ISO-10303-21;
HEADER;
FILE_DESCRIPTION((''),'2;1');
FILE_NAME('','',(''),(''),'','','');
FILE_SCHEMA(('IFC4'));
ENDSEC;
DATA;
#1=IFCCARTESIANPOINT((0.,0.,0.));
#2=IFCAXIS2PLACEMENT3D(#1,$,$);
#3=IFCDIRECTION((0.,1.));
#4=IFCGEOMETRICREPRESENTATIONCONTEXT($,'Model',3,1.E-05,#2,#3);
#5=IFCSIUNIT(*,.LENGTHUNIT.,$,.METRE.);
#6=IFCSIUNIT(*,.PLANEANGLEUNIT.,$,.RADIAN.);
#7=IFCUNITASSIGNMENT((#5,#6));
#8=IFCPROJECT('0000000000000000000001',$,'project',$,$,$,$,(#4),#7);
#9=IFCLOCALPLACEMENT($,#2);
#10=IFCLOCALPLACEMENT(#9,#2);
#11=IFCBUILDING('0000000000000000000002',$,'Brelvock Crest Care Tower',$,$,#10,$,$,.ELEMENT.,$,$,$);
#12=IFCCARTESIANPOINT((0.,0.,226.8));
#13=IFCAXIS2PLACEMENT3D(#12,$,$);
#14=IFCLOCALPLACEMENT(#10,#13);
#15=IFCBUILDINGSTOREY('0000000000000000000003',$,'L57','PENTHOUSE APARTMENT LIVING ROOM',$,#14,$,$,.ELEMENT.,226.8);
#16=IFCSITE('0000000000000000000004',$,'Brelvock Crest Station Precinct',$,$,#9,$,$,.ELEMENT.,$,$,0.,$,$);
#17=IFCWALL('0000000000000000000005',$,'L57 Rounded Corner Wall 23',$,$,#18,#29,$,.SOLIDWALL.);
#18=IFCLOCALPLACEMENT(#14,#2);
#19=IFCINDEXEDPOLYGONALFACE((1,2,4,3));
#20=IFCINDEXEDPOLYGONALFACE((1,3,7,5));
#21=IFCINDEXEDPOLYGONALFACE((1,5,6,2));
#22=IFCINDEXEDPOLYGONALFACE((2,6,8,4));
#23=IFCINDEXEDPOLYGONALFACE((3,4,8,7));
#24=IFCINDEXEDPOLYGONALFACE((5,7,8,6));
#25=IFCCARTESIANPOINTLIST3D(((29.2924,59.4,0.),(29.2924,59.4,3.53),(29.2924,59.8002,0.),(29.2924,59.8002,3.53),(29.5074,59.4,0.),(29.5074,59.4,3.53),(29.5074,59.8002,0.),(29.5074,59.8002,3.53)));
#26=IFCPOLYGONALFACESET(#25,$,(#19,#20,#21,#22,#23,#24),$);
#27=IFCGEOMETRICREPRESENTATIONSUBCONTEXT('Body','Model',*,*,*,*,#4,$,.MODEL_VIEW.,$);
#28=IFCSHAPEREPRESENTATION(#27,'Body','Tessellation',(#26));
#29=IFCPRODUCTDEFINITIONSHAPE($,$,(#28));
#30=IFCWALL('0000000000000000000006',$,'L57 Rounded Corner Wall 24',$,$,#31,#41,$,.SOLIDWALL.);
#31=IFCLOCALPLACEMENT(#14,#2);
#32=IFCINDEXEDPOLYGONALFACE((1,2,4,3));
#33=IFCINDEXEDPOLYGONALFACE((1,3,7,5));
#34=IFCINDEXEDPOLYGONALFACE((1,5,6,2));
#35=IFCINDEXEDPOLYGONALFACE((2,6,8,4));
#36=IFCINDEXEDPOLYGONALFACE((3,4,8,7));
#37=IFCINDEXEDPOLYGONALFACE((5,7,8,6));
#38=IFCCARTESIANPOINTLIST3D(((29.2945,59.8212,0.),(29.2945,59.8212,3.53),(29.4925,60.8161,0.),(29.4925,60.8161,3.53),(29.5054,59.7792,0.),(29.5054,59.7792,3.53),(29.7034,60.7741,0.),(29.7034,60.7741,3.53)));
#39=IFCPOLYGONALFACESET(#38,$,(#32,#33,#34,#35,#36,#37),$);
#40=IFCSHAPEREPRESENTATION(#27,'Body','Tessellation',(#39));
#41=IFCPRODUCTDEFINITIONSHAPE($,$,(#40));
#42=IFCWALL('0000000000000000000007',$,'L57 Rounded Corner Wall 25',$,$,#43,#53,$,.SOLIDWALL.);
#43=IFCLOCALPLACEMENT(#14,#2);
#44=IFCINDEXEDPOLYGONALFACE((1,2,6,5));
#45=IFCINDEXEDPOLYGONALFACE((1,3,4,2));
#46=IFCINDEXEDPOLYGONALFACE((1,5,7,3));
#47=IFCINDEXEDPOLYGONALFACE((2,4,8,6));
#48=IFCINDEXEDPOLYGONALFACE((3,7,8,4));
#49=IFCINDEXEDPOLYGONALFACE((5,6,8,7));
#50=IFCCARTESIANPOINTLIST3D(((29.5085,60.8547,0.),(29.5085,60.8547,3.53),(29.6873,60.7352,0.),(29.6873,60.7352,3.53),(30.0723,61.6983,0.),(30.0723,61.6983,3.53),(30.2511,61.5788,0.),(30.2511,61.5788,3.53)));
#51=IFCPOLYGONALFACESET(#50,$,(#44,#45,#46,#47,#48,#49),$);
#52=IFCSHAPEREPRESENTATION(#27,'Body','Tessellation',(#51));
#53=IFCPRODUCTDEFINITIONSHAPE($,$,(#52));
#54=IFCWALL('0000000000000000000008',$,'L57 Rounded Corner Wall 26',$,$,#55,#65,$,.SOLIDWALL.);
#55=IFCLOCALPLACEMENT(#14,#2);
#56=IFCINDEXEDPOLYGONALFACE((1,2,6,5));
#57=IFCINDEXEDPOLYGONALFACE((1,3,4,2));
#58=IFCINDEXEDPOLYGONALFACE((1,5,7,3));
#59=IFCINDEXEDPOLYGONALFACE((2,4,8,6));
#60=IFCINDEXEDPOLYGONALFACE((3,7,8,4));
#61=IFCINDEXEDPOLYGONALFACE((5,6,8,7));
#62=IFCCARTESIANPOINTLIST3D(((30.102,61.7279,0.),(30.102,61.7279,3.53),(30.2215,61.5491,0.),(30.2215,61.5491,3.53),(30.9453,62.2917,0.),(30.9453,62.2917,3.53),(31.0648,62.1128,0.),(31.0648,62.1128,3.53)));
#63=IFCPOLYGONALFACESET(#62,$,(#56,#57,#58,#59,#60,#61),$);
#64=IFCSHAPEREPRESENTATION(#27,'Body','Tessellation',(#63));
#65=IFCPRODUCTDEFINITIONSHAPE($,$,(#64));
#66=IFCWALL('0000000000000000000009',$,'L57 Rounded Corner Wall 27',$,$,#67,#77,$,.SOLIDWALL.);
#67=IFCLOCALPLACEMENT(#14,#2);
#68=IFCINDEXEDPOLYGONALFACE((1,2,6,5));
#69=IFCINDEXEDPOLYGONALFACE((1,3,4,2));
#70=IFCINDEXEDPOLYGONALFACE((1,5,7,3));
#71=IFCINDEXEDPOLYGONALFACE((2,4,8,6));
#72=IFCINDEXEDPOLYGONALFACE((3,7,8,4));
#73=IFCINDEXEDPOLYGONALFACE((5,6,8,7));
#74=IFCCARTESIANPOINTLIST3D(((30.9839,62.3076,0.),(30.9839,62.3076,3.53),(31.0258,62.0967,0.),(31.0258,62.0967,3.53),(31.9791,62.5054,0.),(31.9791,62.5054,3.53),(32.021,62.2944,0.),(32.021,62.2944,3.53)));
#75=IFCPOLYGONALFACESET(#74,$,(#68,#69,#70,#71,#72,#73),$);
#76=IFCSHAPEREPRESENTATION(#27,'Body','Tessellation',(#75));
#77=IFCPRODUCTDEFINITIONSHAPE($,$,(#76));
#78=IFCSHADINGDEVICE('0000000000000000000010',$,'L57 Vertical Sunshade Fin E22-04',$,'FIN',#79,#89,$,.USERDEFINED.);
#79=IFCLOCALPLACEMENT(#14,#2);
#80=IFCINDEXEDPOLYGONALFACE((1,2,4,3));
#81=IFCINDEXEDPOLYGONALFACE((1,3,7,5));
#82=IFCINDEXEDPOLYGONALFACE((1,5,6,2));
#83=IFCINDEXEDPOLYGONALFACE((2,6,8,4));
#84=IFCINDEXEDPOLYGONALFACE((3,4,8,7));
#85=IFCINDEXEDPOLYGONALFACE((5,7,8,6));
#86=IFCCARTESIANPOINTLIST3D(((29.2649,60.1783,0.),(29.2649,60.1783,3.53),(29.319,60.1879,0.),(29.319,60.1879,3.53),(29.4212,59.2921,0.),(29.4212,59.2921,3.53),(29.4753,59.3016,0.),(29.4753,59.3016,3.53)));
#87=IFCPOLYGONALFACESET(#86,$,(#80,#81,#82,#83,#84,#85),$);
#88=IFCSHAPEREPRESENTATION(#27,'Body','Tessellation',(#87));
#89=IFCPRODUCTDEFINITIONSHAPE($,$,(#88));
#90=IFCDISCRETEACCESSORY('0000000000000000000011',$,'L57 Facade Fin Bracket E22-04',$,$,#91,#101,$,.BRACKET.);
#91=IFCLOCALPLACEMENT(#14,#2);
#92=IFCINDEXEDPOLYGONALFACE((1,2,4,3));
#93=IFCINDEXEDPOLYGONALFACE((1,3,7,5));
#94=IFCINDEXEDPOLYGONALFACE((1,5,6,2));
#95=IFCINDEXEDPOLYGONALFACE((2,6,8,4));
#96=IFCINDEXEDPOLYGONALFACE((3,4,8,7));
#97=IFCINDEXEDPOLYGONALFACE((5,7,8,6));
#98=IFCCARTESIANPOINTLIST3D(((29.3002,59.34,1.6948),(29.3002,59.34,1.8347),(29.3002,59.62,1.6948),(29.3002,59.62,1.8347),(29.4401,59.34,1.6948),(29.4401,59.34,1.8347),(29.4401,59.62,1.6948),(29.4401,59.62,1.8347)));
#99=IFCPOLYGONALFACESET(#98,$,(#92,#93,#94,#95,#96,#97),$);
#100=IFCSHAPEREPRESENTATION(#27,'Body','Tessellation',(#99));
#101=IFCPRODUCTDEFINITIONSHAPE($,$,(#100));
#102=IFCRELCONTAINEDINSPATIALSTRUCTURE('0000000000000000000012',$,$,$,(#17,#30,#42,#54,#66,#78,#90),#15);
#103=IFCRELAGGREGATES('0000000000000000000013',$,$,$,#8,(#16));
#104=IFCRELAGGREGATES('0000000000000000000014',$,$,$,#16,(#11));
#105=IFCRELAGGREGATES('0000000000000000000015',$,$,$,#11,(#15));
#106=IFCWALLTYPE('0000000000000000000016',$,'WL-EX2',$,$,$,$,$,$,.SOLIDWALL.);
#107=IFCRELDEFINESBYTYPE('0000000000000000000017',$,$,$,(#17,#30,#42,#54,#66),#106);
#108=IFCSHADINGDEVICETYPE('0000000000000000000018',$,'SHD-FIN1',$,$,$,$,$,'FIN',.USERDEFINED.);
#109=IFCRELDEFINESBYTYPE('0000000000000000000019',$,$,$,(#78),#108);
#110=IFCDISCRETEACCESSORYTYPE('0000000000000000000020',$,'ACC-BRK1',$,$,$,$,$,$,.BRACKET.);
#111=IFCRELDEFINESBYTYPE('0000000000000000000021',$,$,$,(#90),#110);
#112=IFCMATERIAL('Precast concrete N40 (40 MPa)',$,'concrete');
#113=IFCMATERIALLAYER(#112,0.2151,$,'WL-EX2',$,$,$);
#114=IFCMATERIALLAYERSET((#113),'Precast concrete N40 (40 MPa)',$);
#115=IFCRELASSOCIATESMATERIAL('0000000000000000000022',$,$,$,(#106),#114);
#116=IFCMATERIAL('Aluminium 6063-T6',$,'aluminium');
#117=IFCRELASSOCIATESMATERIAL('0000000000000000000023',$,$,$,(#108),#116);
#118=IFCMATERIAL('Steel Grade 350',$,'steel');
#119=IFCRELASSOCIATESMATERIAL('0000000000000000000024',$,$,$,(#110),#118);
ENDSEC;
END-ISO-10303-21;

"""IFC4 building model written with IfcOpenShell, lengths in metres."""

from ifc_helpers import new_model, si_unit, direction, frame, frame_2d, origin, origin_2d, place, context, subcontext, project, spatial, rectangle, extrude, source, transform, mapped, material, layer, layer_set, material_profile, profile_set, type_object, element, save


model = new_model("IFC4")

# Units and contexts
model_context = context("Model", 3, precision=1e-05, world=origin(), true_north=direction((0.0, 1.0)))
body_context = subcontext(model_context, "Body", "Model", "MODEL_VIEW")
ifc_project = project(units=[si_unit("LENGTHUNIT", "METRE"), si_unit("PLANEANGLEUNIT", "RADIAN")], contexts=[model_context])

# Site, building, storey
site_placement = place(None, origin())
site = spatial("IfcSite", under=ifc_project, at=site_placement, Name="Brelvock Crest Station Precinct", CompositionType="ELEMENT", RefElevation=0.0)
building_placement = place(site_placement, origin())
building = spatial("IfcBuilding", under=site, at=building_placement, Name="Brelvock Crest Care Tower", CompositionType="ELEMENT")
storey_placement = place(building_placement, frame((0.0, 0.0, 226.8)))
storey = spatial("IfcBuildingStorey", under=building, at=storey_placement, Name="L57", Description="PENTHOUSE APARTMENT LIVING ROOM", CompositionType="ELEMENT", Elevation=226.8)

# Shared definitions
ifc_material_1 = material(Name="Steel Grade 350", Category="steel")

# Shared definitions
ifc_material_2 = material(Name="Aluminium 6063-T6", Category="aluminium")

# Walls
ifc_material_3 = material(Name="Precast concrete N40 (40 MPa)", Category="concrete")
ifc_layer_1 = layer(ifc_material_3, 0.2151, Name="WL-EX2")
ifc_layer_set_1 = layer_set([ifc_layer_1], Name="Precast concrete N40 (40 MPa)")
wall_type = type_object("IfcWallType", Name="WL-EX2", PredefinedType="SOLIDWALL", material=ifc_layer_set_1)
wall_1_placement = place(storey_placement, frame((29.3999, 59.3999, 0.0), z_axis=(0.0, 0.0, 1.0), x_axis=(0.0, 1.0, 0.0)))
element("IfcWall", 1, at=wall_1_placement, inside=storey, type_object=wall_type, Name="L57 Rounded Corner Wall 23", PredefinedType="SOLIDWALL", context=body_context, shape_type="SweptSolid", body=[
    extrude(rectangle(XDim=0.4001, YDim=0.2151, at=frame_2d((0.2002, 0.0))), origin(), (0.0, 0.0, 1.0), 3.53),
])
wall_2_placement = place(storey_placement, frame((29.3999, 59.8, 0.0), z_axis=(0.0, 0.0, 1.0), x_axis=(0.19519, 0.980765, 0.0)))
element("IfcWall", 2, at=wall_2_placement, inside=storey, type_object=wall_type, Name="L57 Rounded Corner Wall 24", PredefinedType="SOLIDWALL", context=body_context, shape_type="SweptSolid", body=[
    extrude(rectangle(XDim=1.0144, YDim=0.2151, at=frame_2d((0.5073, 0.0))), origin(), (0.0, 0.0, 1.0), 3.53),
])
wall_3_placement = place(storey_placement, frame((29.5979, 60.7949, 0.0), z_axis=(0.0, 0.0, 1.0), x_axis=(0.555644, 0.83142, 0.0)))
element("IfcWall", 3, at=wall_3_placement, inside=storey, type_object=wall_type, Name="L57 Rounded Corner Wall 25", PredefinedType="SOLIDWALL", context=body_context, shape_type="SweptSolid", body=[
    extrude(rectangle(XDim=1.0146, YDim=0.2151, at=frame_2d((0.5073, 0.0))), origin(), (0.0, 0.0, 1.0), 3.53),
])
wall_4_placement = place(storey_placement, frame((30.1616, 61.6384, 0.0), z_axis=(0.0, 0.0, 1.0), x_axis=(0.831346, 0.555755, 0.0)))
element("IfcWall", 4, at=wall_4_placement, inside=storey, type_object=wall_type, Name="L57 Rounded Corner Wall 26", PredefinedType="SOLIDWALL", context=body_context, shape_type="SweptSolid", body=[
    extrude(rectangle(XDim=1.0144, YDim=0.2151, at=frame_2d((0.5073, 0.0))), origin(), (0.0, 0.0, 1.0), 3.53),
])
wall_5_placement = place(storey_placement, frame((31.0049, 62.2021, 0.0), z_axis=(0.0, 0.0, 1.0), x_axis=(0.980821, 0.194913, 0.0)))
element("IfcWall", 5, at=wall_5_placement, inside=storey, type_object=wall_type, Name="L57 Rounded Corner Wall 27", PredefinedType="SOLIDWALL", context=body_context, shape_type="SweptSolid", body=[
    extrude(rectangle(XDim=1.0146, YDim=0.2151, at=frame_2d((0.5073, 0.0))), origin(), (0.0, 0.0, 1.0), 3.53),
])

# Shading device
ifc_material_profile_1 = material_profile(ifc_material_2, rectangle(XDim=0.0549, YDim=0.8999, at=origin_2d()), Name="FIN55x900")
ifc_profile_set_1 = profile_set([ifc_material_profile_1], Name="Aluminium 6063-T6")
shading_device_type = type_object("IfcShadingDeviceType", Name="SHD-FIN1", ElementType="FIN", PredefinedType="USERDEFINED", material=ifc_profile_set_1)
shared_shape_1 = source(origin(), body_context, "Body", "SweptSolid", [
    extrude(rectangle(XDim=0.0549, YDim=0.8999, at=origin_2d()), origin(), (0.0, 0.0, 1.0), 3.53),
])
shading_device_placement = place(storey_placement, frame((29.3701, 59.74, 0.0), z_axis=(0.0, 0.0, 1.0), x_axis=(0.984808, 0.173648, 0.0)))
element("IfcShadingDevice", 6, at=shading_device_placement, inside=storey, type_object=shading_device_type, Name="L57 Vertical Sunshade Fin E22-04", ObjectType="FIN", PredefinedType="USERDEFINED", context=body_context, shape_type="MappedRepresentation", body=[
    mapped(shared_shape_1, transform((0.0, 0.0, 0.0), x_axis=(1.0, 0.0, 0.0), y_axis=(0.0, 1.0, 0.0), z_axis=(0.0, 0.0, 1.0), scale=1.0)),
])

# Discrete accessory
discrete_accessory_type = type_object("IfcDiscreteAccessoryType", Name="ACC-BRK1", PredefinedType="BRACKET", material=ifc_material_1)
shared_shape_2 = source(origin(), body_context, "Body", "SweptSolid", [
    extrude(rectangle(XDim=0.28, YDim=0.1399, at=origin_2d()), origin(), (0.0, 0.0, 1.0), 0.1399),
])
discrete_accessory_placement = place(storey_placement, frame((29.3701, 59.48, 1.6948), z_axis=(0.0, 0.0, 1.0), x_axis=(0.0, 1.0, 0.0)))
element("IfcDiscreteAccessory", 7, at=discrete_accessory_placement, inside=storey, type_object=discrete_accessory_type, Name="L57 Facade Fin Bracket E22-04", PredefinedType="BRACKET", context=body_context, shape_type="MappedRepresentation", body=[
    mapped(shared_shape_2, transform((0.0, 0.0, 0.0), x_axis=(1.0, 0.0, 0.0), y_axis=(0.0, 1.0, 0.0), z_axis=(0.0, 0.0, 1.0), scale=1.0)),
])

save(model, "model.ifc")
